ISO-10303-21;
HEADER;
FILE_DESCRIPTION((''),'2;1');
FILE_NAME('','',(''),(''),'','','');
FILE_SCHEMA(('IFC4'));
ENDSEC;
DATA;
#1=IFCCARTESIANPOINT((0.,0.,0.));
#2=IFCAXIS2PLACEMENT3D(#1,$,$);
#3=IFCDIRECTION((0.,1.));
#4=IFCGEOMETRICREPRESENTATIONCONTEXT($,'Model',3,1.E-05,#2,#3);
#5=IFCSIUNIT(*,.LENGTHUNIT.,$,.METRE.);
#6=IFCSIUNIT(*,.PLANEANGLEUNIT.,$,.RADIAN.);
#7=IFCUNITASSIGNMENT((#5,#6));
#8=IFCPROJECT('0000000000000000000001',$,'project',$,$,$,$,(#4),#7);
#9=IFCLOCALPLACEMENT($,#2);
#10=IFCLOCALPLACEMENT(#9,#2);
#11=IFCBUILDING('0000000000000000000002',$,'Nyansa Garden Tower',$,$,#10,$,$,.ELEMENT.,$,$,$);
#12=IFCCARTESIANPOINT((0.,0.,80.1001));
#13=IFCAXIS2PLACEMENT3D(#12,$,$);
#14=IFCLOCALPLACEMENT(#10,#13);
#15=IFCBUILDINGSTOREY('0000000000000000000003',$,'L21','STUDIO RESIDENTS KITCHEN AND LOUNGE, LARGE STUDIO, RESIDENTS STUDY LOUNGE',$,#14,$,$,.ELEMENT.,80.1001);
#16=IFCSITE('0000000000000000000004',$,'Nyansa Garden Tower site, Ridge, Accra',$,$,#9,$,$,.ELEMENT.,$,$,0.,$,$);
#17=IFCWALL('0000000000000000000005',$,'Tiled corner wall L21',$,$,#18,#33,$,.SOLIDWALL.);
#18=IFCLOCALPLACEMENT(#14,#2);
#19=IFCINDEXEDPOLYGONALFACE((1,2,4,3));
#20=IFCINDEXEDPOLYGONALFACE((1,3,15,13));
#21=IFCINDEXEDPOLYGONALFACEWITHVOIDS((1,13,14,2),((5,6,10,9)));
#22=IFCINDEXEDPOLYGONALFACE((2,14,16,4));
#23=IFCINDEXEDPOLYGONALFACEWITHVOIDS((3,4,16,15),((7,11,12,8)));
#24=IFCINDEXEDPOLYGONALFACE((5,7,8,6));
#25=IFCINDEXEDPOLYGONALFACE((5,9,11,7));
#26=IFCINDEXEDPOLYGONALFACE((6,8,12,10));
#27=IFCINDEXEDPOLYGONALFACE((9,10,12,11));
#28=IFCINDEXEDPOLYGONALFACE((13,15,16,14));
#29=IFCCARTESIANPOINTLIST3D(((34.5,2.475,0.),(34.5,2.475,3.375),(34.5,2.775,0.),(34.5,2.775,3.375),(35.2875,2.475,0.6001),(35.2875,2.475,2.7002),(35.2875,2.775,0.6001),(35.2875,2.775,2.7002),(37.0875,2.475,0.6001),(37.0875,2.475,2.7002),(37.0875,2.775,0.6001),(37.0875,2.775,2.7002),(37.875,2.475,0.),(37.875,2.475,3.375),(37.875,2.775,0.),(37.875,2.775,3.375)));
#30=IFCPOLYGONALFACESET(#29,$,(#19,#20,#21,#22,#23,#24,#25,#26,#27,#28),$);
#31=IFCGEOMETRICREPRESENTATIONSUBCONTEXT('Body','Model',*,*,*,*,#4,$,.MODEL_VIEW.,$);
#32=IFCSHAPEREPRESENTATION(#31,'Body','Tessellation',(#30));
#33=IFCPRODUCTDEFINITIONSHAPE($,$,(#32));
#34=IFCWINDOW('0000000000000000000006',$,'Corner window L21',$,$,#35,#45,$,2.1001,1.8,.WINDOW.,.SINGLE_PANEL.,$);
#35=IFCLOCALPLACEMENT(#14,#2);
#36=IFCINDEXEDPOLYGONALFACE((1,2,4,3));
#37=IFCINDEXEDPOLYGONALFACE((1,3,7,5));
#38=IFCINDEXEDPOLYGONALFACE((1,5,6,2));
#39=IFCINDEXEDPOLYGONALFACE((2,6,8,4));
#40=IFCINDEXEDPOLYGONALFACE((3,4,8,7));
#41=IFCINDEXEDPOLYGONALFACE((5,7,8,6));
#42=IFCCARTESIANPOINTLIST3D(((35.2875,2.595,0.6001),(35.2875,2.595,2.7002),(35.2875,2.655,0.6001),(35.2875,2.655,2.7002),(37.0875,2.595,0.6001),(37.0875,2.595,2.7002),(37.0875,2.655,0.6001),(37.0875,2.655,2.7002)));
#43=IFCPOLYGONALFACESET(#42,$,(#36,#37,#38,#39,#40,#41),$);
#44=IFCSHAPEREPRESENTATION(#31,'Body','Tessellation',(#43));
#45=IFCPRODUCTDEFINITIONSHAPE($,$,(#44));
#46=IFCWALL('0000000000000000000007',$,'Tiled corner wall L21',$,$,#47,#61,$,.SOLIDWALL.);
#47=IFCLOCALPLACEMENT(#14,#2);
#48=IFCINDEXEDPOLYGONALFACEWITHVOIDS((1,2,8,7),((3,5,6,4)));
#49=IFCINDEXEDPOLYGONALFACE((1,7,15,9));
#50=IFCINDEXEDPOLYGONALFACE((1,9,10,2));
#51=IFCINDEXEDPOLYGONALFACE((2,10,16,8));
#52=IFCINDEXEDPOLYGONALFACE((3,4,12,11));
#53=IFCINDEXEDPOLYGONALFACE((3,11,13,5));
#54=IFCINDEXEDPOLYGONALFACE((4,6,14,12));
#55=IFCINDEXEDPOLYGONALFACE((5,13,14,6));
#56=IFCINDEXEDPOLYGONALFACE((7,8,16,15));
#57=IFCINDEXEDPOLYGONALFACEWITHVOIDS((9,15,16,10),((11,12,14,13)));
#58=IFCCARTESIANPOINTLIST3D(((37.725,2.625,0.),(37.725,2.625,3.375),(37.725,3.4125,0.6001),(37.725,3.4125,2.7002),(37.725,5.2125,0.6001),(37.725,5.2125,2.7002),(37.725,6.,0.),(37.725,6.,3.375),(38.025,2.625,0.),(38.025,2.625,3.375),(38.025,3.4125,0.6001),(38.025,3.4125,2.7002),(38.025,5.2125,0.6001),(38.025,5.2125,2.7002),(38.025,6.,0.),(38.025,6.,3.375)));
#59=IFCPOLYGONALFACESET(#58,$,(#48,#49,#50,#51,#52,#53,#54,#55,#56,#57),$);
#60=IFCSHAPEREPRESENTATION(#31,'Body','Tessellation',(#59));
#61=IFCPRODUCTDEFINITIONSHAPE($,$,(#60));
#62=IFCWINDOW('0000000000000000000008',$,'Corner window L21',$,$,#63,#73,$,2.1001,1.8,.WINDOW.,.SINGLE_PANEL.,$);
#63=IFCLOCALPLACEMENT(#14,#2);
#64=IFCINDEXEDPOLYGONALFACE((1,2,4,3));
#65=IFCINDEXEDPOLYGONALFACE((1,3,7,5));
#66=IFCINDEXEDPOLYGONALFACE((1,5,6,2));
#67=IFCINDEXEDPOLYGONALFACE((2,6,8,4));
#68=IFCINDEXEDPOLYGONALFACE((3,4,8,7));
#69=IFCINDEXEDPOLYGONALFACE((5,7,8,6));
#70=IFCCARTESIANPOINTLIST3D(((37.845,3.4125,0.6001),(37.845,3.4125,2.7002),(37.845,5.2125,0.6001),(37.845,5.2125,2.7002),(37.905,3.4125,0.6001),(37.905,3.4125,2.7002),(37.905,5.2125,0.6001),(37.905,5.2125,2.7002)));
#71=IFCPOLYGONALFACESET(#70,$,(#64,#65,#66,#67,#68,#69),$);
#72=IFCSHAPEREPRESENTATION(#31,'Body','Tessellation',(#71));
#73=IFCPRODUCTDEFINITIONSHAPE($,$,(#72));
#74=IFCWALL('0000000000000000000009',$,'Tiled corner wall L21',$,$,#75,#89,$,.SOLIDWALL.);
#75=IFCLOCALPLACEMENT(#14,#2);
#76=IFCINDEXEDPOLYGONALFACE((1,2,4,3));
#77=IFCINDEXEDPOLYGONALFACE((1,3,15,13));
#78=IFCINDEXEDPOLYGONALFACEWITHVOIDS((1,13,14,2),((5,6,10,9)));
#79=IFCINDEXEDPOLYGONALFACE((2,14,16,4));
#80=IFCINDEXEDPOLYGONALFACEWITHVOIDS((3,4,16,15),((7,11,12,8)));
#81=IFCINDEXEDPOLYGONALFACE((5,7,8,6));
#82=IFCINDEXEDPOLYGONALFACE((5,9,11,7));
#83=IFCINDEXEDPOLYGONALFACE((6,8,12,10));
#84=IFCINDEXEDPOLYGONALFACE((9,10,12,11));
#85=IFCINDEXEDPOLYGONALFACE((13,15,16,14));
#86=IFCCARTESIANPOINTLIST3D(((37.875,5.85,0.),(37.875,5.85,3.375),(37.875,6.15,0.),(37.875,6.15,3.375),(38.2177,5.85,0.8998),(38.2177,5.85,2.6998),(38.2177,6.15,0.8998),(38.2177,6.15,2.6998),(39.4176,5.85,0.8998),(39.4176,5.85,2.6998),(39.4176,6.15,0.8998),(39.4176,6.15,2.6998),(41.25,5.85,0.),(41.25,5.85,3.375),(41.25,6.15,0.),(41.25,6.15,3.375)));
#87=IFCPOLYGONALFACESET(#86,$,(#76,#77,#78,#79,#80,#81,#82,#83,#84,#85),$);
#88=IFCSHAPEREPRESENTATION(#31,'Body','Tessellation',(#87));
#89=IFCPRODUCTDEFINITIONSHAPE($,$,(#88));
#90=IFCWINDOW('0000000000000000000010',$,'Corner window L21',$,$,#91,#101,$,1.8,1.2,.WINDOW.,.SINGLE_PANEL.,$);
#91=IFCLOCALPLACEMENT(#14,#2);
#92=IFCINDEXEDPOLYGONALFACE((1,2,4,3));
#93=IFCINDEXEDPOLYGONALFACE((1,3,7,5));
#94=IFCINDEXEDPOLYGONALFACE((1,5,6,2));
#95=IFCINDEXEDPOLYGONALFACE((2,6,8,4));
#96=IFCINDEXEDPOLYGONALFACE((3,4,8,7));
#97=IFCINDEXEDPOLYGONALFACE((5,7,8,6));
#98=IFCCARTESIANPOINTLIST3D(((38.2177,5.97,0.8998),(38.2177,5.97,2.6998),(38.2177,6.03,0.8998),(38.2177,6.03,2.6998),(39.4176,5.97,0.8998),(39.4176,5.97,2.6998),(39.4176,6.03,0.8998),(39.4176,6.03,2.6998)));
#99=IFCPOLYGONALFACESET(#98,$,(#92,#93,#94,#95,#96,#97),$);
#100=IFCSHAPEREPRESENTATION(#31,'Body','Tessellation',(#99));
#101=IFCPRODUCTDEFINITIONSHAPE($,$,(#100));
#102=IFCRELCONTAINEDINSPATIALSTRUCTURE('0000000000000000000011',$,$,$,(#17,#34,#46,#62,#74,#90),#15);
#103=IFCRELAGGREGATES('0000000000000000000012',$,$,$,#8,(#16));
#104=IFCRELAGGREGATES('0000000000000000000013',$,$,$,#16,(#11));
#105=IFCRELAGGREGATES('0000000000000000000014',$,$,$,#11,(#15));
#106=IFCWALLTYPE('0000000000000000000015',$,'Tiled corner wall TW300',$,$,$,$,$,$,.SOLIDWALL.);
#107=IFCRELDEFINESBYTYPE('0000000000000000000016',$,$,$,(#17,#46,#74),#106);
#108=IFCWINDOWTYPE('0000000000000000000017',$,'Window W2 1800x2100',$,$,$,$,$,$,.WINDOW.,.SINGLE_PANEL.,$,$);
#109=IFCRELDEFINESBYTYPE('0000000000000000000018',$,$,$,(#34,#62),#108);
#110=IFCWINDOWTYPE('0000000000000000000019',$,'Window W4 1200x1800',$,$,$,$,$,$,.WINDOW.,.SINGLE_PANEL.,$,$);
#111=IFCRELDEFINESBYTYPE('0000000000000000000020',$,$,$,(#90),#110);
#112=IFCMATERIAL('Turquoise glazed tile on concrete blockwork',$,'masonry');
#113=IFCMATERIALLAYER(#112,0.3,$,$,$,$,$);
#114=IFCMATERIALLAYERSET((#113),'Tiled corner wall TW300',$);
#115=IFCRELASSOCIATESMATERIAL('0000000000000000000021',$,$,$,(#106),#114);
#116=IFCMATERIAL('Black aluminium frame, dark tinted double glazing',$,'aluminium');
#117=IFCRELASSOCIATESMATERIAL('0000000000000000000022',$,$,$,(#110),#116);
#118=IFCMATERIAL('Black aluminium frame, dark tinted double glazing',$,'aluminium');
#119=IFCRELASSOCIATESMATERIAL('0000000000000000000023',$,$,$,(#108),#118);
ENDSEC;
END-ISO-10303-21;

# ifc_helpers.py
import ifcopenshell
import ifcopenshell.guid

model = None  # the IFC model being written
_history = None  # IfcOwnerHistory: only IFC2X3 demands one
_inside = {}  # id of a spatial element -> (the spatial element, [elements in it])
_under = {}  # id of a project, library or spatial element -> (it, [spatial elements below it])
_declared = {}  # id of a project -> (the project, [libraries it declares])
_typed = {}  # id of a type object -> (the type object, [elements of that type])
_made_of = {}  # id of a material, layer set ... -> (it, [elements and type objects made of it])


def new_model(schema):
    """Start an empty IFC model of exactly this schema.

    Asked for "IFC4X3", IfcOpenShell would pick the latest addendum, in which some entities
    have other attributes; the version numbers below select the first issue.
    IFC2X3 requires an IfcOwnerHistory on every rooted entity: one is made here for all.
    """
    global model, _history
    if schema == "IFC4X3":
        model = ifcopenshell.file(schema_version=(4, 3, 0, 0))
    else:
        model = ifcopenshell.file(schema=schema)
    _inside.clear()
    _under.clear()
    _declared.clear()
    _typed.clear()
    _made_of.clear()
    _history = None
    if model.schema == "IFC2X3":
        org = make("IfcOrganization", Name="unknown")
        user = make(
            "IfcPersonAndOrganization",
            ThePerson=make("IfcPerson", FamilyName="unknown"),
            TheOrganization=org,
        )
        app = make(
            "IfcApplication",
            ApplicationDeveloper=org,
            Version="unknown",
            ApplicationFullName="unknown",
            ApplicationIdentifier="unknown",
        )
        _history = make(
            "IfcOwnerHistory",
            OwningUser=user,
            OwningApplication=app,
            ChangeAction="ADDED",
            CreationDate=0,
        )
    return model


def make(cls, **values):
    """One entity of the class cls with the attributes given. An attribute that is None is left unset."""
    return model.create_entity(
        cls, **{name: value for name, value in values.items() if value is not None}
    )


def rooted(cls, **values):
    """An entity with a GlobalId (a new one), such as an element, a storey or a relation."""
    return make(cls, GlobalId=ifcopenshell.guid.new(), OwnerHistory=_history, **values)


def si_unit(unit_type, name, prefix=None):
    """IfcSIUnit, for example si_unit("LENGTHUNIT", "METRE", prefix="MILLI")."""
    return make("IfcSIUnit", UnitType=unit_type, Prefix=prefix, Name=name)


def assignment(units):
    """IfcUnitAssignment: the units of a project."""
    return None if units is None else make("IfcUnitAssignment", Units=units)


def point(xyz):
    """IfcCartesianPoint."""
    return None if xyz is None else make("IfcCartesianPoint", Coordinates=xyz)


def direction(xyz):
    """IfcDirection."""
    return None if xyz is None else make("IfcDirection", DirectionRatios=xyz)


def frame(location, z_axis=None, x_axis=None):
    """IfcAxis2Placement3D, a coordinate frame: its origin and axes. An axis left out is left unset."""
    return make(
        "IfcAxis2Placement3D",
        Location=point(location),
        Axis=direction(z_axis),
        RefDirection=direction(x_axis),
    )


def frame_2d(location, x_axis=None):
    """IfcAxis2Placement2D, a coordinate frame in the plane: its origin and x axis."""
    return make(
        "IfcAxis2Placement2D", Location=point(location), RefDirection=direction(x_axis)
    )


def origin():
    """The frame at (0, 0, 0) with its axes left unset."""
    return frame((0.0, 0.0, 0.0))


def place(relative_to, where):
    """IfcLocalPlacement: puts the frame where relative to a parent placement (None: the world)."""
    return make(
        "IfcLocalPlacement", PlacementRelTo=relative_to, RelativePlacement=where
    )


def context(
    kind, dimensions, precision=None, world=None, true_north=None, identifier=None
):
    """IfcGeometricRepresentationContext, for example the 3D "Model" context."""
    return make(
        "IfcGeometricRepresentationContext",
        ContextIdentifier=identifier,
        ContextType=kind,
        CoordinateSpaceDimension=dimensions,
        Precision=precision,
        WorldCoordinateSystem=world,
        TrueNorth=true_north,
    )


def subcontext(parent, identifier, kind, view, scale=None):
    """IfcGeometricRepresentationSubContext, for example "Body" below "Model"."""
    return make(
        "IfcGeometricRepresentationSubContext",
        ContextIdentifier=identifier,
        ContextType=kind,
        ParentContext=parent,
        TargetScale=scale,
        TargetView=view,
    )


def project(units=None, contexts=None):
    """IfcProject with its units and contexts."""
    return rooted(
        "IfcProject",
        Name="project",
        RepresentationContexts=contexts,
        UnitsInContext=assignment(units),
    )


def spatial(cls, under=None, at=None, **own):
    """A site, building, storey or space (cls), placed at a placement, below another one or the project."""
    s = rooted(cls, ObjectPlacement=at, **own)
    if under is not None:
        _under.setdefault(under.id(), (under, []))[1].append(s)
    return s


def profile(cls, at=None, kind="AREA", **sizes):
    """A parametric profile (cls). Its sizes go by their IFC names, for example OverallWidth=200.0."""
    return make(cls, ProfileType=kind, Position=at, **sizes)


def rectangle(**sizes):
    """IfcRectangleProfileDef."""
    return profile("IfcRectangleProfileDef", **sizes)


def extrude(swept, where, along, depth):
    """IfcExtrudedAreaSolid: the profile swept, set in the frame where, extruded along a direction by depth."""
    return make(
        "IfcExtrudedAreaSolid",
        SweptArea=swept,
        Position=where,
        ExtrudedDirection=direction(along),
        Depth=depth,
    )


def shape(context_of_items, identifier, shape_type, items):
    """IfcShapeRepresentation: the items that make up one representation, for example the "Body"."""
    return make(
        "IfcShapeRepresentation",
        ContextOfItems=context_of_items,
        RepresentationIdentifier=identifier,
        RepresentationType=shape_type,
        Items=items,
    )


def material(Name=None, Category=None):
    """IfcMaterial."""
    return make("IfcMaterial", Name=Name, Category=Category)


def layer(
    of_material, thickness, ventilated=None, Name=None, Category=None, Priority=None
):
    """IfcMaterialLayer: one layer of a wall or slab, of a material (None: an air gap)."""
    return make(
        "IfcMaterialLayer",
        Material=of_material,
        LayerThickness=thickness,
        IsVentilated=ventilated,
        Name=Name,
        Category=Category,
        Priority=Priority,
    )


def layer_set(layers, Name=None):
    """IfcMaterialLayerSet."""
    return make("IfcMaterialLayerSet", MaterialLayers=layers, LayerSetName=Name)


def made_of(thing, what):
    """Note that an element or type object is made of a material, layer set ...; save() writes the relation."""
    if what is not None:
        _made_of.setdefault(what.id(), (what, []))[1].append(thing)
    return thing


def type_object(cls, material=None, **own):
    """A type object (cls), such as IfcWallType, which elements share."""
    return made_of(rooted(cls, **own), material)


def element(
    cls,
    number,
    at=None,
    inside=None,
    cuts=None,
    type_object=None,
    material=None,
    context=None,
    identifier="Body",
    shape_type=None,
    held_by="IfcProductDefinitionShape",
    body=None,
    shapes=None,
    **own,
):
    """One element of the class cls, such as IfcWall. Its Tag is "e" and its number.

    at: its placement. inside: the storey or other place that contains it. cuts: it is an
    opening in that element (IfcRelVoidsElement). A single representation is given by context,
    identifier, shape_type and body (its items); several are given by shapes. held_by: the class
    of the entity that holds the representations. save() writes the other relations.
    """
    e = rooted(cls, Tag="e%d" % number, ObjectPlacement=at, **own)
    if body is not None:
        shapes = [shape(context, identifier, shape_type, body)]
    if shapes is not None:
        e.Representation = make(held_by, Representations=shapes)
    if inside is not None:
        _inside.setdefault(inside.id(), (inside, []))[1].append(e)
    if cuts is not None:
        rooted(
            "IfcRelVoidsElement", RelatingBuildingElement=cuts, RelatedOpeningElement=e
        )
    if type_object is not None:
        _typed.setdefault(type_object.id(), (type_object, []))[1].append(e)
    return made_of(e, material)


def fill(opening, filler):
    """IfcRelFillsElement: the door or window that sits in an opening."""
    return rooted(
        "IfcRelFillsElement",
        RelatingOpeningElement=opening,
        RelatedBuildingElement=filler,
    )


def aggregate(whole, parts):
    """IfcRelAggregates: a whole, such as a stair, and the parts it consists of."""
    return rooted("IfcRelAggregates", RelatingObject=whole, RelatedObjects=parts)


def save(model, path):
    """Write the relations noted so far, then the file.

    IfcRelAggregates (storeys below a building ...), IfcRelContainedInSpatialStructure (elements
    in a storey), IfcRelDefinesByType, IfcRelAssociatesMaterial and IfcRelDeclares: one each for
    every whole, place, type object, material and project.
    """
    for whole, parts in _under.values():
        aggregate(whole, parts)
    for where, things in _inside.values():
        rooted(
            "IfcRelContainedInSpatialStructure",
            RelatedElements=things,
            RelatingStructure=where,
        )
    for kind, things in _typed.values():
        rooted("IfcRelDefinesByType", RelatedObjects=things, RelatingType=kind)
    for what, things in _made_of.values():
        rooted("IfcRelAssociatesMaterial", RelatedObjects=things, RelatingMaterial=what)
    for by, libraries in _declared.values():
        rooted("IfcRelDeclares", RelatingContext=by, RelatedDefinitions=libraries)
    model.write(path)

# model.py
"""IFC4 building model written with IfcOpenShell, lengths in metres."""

from ifc_helpers import new_model, si_unit, direction, frame, frame_2d, origin, place, context, subcontext, project, spatial, rectangle, extrude, material, layer, layer_set, type_object, element, fill, save


model = new_model("IFC4")

# Units and contexts
model_context = context("Model", 3, precision=1e-05, world=origin(), true_north=direction((0.0, 1.0)))
body_context = subcontext(model_context, "Body", "Model", "MODEL_VIEW")
ifc_project = project(units=[si_unit("LENGTHUNIT", "METRE"), si_unit("PLANEANGLEUNIT", "RADIAN")], contexts=[model_context])

# Site, building, storey
site_placement = place(None, origin())
site = spatial("IfcSite", under=ifc_project, at=site_placement, Name="Nyansa Garden Tower site, Ridge, Accra", CompositionType="ELEMENT", RefElevation=0.0)
building_placement = place(site_placement, origin())
building = spatial("IfcBuilding", under=site, at=building_placement, Name="Nyansa Garden Tower", CompositionType="ELEMENT")
storey_placement = place(building_placement, frame((0.0, 0.0, 80.1001)))
storey = spatial("IfcBuildingStorey", under=building, at=storey_placement, Name="L21", Description="STUDIO RESIDENTS KITCHEN AND LOUNGE, LARGE STUDIO, RESIDENTS STUDY LOUNGE", CompositionType="ELEMENT", Elevation=80.1001)

# Walls, openings, windows
ifc_material_1 = material(Name="Turquoise glazed tile on concrete blockwork", Category="masonry")
ifc_layer_1 = layer(ifc_material_1, 0.3)
ifc_layer_set_1 = layer_set([ifc_layer_1], Name="Tiled corner wall TW300")
wall_type_1 = type_object("IfcWallType", Name="Tiled corner wall TW300", PredefinedType="SOLIDWALL", material=ifc_layer_set_1)
ifc_material_2 = material(Name="Black aluminium frame, dark tinted double glazing", Category="aluminium")
window_type_1 = type_object("IfcWindowType", Name="Window W4 1200x1800", PartitioningType="SINGLE_PANEL", PredefinedType="WINDOW", material=ifc_material_2)
wall_1_placement = place(storey_placement, frame((34.5, 2.625, 0.0), z_axis=(0.0, 0.0, 1.0), x_axis=(1.0, 0.0, 0.0)))
wall_1 = element("IfcWall", 1, at=wall_1_placement, inside=storey, type_object=wall_type_1, Name="Tiled corner wall L21", PredefinedType="SOLIDWALL", context=body_context, shape_type="SweptSolid", body=[
    extrude(rectangle(XDim=3.375, YDim=0.3, at=frame_2d((1.6875, 0.0))), origin(), (0.0, 0.0, 1.0), 3.375),
])
opening_1_placement = place(wall_1_placement, frame((0.7876, 0.0, 0.6001)))
opening_1 = element("IfcOpeningElement", 2, at=opening_1_placement, cuts=wall_1, PredefinedType="OPENING", context=body_context, shape_type="SweptSolid", body=[
    extrude(rectangle(XDim=1.8, YDim=2.1001, at=frame_2d((0.8999, 1.05))), frame((0.0, 0.1599, 0.0), z_axis=(0.0, -1.0, 0.0), x_axis=(1.0, 0.0, 0.0)), (0.0, 0.0, 1.0), 0.3201),
])
ifc_material_3 = material(Name="Black aluminium frame, dark tinted double glazing", Category="aluminium")
window_type_2 = type_object("IfcWindowType", Name="Window W2 1800x2100", PartitioningType="SINGLE_PANEL", PredefinedType="WINDOW", material=ifc_material_3)
window_1_placement = place(opening_1_placement, origin())
window_1 = element("IfcWindow", 3, at=window_1_placement, inside=storey, type_object=window_type_2, Name="Corner window L21", OverallHeight=2.1001, OverallWidth=1.8, PartitioningType="SINGLE_PANEL", PredefinedType="WINDOW", context=body_context, shape_type="SweptSolid", body=[
    extrude(rectangle(XDim=1.8, YDim=2.1001, at=frame_2d((0.8999, 1.05))), frame((0.0, 0.03, 0.0), z_axis=(0.0, -1.0, 0.0), x_axis=(1.0, 0.0, 0.0)), (0.0, 0.0, 1.0), 0.0601),
])
fill(opening_1, window_1)
wall_2_placement = place(storey_placement, frame((37.875, 2.625, 0.0), z_axis=(0.0, 0.0, 1.0), x_axis=(0.0, 1.0, 0.0)))
wall_2 = element("IfcWall", 4, at=wall_2_placement, inside=storey, type_object=wall_type_1, Name="Tiled corner wall L21", PredefinedType="SOLIDWALL", context=body_context, shape_type="SweptSolid", body=[
    extrude(rectangle(XDim=3.375, YDim=0.3, at=frame_2d((1.6875, 0.0))), origin(), (0.0, 0.0, 1.0), 3.375),
])
opening_2_placement = place(wall_2_placement, frame((0.7876, 0.0, 0.6001)))
opening_2 = element("IfcOpeningElement", 5, at=opening_2_placement, cuts=wall_2, PredefinedType="OPENING", context=body_context, shape_type="SweptSolid", body=[
    extrude(rectangle(XDim=1.8, YDim=2.1001, at=frame_2d((0.8999, 1.05))), frame((0.0, 0.1599, 0.0), z_axis=(0.0, -1.0, 0.0), x_axis=(1.0, 0.0, 0.0)), (0.0, 0.0, 1.0), 0.3201),
])
window_2_placement = place(opening_2_placement, origin())
window_2 = element("IfcWindow", 6, at=window_2_placement, inside=storey, type_object=window_type_2, Name="Corner window L21", OverallHeight=2.1001, OverallWidth=1.8, PartitioningType="SINGLE_PANEL", PredefinedType="WINDOW", context=body_context, shape_type="SweptSolid", body=[
    extrude(rectangle(XDim=1.8, YDim=2.1001, at=frame_2d((0.8999, 1.05))), frame((0.0, 0.03, 0.0), z_axis=(0.0, -1.0, 0.0), x_axis=(1.0, 0.0, 0.0)), (0.0, 0.0, 1.0), 0.0601),
])
fill(opening_2, window_2)
wall_3_placement = place(storey_placement, frame((37.875, 6.0, 0.0), z_axis=(0.0, 0.0, 1.0), x_axis=(1.0, 0.0, 0.0)))
wall_3 = element("IfcWall", 7, at=wall_3_placement, inside=storey, type_object=wall_type_1, Name="Tiled corner wall L21", PredefinedType="SOLIDWALL", context=body_context, shape_type="SweptSolid", body=[
    extrude(rectangle(XDim=3.375, YDim=0.3, at=frame_2d((1.6875, 0.0))), origin(), (0.0, 0.0, 1.0), 3.375),
])
opening_3_placement = place(wall_3_placement, frame((0.3425, 0.0, 0.8999)))
opening_3 = element("IfcOpeningElement", 8, at=opening_3_placement, cuts=wall_3, PredefinedType="OPENING", context=body_context, shape_type="SweptSolid", body=[
    extrude(rectangle(XDim=1.2, YDim=1.8, at=frame_2d((0.6001, 0.8999))), frame((0.0, 0.1599, 0.0), z_axis=(0.0, -1.0, 0.0), x_axis=(1.0, 0.0, 0.0)), (0.0, 0.0, 1.0), 0.3201),
])
window_3_placement = place(opening_3_placement, origin())
window_3 = element("IfcWindow", 9, at=window_3_placement, inside=storey, type_object=window_type_1, Name="Corner window L21", OverallHeight=1.8, OverallWidth=1.2, PartitioningType="SINGLE_PANEL", PredefinedType="WINDOW", context=body_context, shape_type="SweptSolid", body=[
    extrude(rectangle(XDim=1.2, YDim=1.8, at=frame_2d((0.6001, 0.8999))), frame((0.0, 0.03, 0.0), z_axis=(0.0, -1.0, 0.0), x_axis=(1.0, 0.0, 0.0)), (0.0, 0.0, 1.0), 0.0601),
])
fill(opening_3, window_3)

save(model, "model.ifc")
